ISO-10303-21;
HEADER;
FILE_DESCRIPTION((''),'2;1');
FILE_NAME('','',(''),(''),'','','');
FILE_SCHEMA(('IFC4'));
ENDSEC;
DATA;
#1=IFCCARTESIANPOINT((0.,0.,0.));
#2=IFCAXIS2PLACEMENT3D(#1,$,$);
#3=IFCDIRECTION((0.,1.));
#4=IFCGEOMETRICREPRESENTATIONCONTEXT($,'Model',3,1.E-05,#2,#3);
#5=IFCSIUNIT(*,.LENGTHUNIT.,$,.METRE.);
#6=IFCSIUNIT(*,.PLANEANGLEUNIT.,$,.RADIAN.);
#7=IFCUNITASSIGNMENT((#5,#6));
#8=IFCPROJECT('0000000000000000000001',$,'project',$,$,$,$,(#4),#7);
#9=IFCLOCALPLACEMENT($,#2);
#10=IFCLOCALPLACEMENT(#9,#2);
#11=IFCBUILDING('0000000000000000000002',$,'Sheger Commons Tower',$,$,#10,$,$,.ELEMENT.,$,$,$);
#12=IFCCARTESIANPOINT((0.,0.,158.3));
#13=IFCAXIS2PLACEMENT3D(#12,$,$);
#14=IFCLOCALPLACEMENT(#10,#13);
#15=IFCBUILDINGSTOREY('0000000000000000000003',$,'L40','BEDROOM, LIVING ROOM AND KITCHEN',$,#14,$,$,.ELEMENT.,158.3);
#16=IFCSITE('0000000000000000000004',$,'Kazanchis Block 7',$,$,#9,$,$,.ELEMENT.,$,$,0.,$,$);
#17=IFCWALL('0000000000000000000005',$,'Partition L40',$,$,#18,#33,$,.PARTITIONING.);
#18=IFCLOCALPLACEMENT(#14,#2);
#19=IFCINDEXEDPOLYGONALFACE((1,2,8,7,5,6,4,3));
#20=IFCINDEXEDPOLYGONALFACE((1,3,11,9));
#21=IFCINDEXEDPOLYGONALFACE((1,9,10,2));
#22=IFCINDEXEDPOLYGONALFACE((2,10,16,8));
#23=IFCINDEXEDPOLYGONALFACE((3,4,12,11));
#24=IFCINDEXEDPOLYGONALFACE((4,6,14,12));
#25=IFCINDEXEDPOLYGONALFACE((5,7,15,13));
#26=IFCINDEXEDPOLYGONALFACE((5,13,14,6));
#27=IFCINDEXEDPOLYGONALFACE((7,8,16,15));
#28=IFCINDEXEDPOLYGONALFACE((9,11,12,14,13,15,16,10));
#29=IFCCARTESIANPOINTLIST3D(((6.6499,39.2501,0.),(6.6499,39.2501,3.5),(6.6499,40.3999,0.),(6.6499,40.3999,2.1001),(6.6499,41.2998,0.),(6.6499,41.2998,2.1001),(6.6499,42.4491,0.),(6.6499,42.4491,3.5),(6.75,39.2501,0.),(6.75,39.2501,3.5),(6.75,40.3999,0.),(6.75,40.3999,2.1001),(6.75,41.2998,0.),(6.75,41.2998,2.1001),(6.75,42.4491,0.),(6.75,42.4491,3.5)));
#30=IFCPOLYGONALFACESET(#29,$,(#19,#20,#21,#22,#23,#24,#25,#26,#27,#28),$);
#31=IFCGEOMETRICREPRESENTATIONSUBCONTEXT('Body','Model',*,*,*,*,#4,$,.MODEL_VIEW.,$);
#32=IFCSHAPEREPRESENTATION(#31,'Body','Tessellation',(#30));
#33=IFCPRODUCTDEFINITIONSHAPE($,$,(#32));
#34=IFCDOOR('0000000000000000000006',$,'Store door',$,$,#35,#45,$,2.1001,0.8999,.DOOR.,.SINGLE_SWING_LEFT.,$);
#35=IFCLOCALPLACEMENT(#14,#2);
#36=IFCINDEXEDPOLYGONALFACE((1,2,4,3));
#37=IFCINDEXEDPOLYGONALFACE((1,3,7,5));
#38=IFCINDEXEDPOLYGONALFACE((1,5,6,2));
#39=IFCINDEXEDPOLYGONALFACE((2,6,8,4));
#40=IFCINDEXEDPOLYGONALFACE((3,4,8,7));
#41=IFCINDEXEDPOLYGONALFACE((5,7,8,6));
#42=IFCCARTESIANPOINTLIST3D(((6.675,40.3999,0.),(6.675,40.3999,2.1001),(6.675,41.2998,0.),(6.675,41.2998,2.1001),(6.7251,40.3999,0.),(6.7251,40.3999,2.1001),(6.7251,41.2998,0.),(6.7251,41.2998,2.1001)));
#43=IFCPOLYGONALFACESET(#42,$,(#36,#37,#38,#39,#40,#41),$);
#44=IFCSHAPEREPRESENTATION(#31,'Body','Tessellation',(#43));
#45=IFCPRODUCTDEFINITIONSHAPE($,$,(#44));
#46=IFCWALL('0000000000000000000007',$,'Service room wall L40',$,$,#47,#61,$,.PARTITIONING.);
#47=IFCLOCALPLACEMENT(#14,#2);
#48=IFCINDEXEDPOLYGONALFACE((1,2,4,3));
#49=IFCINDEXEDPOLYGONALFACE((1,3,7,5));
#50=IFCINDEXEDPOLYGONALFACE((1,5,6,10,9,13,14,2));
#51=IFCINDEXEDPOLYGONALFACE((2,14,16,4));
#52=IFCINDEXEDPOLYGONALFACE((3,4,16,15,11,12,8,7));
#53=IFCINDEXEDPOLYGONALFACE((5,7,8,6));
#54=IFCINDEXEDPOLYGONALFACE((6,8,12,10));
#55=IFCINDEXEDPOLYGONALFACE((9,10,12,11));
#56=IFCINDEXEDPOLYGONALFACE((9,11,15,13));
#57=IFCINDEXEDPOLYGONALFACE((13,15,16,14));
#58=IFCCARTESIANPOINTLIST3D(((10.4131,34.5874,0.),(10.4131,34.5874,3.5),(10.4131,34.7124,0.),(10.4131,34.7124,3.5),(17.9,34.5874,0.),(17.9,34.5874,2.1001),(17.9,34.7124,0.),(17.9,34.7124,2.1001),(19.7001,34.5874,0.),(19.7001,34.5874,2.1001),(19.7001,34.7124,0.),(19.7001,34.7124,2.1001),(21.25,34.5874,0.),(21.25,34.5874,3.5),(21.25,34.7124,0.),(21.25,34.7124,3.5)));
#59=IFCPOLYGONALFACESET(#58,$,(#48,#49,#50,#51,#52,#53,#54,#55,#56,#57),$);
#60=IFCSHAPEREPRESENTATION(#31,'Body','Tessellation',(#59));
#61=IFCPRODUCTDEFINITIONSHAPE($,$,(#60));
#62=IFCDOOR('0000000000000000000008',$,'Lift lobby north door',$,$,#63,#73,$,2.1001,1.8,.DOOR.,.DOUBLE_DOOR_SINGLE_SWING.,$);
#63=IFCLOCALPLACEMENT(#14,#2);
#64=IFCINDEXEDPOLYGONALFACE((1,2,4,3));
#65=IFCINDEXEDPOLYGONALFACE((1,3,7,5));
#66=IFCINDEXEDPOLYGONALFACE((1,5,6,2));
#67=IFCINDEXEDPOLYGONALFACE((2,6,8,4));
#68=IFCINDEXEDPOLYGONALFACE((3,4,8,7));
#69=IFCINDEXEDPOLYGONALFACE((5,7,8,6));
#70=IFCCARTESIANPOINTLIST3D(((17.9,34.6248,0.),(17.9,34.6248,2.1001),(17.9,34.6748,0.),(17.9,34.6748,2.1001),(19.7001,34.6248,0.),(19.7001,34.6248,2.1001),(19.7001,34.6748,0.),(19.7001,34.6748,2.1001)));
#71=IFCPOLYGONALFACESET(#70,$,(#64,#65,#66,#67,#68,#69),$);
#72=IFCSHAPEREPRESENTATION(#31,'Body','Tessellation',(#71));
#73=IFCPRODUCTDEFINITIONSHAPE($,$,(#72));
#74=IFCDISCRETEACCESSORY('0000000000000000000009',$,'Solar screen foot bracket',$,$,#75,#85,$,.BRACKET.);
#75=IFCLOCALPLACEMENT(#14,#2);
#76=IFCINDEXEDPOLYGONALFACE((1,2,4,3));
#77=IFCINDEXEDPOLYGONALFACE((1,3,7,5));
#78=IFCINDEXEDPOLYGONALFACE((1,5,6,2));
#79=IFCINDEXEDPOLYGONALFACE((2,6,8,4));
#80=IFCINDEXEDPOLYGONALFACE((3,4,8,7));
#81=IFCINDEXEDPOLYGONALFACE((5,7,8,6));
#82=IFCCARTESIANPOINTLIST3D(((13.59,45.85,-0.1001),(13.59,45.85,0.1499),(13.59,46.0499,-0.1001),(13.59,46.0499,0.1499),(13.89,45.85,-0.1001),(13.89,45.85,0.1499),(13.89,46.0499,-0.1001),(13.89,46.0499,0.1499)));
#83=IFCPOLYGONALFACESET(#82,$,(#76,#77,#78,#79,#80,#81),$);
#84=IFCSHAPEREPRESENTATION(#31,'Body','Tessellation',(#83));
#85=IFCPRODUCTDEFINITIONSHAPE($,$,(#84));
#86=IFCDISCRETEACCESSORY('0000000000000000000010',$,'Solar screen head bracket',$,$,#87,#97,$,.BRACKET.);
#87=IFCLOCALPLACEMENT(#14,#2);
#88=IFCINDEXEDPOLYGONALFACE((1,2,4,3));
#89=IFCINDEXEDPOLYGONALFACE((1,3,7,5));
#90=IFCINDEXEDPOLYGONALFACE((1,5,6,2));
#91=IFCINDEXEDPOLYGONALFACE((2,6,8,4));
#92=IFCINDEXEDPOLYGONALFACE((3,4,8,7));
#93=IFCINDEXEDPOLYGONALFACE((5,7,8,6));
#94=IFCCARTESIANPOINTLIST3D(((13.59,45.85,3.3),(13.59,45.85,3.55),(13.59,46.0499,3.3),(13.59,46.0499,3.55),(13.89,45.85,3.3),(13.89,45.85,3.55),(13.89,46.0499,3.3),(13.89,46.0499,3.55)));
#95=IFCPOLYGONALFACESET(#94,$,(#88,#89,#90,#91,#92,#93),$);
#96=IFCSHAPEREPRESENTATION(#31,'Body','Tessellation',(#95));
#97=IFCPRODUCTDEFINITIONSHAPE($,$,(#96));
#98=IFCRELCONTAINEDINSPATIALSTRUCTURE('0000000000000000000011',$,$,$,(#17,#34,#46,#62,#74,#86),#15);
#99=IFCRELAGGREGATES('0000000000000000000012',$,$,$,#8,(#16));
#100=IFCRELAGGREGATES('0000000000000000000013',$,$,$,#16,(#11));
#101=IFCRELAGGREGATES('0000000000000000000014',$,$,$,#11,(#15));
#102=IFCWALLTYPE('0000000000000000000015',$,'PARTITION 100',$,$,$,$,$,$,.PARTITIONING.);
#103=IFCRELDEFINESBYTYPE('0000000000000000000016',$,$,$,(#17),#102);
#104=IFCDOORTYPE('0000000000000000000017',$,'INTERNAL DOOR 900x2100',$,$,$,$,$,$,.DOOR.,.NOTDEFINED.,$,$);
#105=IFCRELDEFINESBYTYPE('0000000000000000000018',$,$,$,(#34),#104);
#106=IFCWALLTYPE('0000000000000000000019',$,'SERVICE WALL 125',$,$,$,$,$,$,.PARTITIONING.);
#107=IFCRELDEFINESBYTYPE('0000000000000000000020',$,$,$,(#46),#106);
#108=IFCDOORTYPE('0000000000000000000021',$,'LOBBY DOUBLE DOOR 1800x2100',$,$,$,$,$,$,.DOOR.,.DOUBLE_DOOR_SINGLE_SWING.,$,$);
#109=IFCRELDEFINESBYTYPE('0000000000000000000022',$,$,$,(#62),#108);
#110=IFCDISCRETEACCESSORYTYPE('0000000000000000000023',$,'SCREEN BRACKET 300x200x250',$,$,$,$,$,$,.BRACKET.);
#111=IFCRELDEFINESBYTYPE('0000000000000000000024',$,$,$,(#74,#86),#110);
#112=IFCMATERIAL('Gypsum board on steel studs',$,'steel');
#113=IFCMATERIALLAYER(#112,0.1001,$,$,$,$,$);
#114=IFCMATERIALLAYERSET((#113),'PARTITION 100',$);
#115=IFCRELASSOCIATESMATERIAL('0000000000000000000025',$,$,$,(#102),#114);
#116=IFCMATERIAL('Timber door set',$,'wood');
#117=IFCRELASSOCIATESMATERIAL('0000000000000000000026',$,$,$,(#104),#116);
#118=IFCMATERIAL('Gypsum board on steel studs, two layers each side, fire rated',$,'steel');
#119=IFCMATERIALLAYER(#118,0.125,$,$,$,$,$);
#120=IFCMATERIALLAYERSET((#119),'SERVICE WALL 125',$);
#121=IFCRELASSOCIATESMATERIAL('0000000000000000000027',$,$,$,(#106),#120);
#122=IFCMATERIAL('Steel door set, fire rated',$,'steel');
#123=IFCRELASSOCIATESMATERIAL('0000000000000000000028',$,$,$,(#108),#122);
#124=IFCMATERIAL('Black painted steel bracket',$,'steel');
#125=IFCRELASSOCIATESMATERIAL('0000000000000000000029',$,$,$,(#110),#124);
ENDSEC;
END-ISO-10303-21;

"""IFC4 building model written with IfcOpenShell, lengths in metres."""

from ifc_helpers import new_model, si_unit, direction, frame, frame_2d, origin, origin_2d, place, context, subcontext, project, spatial, rectangle, extrude, material, layer, layer_set, type_object, element, fill, save


model = new_model("IFC4")

# Units and contexts
model_context = context("Model", 3, precision=1e-05, world=origin(), true_north=direction((0.0, 1.0)))
body_context = subcontext(model_context, "Body", "Model", "MODEL_VIEW")
ifc_project = project(units=[si_unit("LENGTHUNIT", "METRE"), si_unit("PLANEANGLEUNIT", "RADIAN")], contexts=[model_context])

# Site, building, storey
site_placement = place(None, origin())
site = spatial("IfcSite", under=ifc_project, at=site_placement, Name="Kazanchis Block 7", CompositionType="ELEMENT", RefElevation=0.0)
building_placement = place(site_placement, origin())
building = spatial("IfcBuilding", under=site, at=building_placement, Name="Sheger Commons Tower", CompositionType="ELEMENT")
storey_placement = place(building_placement, frame((0.0, 0.0, 158.3)))
storey = spatial("IfcBuildingStorey", under=building, at=storey_placement, Name="L40", Description="BEDROOM, LIVING ROOM AND KITCHEN", CompositionType="ELEMENT", Elevation=158.3)

# Shared definitions
ifc_material_1 = material(Name="Gypsum board on steel studs", Category="steel")
ifc_layer_1 = layer(ifc_material_1, 0.1001)
ifc_layer_set_1 = layer_set([ifc_layer_1], Name="PARTITION 100")
wall_type_1 = type_object("IfcWallType", Name="PARTITION 100", PredefinedType="PARTITIONING", material=ifc_layer_set_1)

# Walls, openings, doors
wall_1_placement = place(storey_placement, frame((6.7, 39.25, 0.0), z_axis=(0.0, 0.0, 1.0), x_axis=(0.0, 1.0, 0.0)))
wall_1 = element("IfcWall", 1, at=wall_1_placement, inside=storey, type_object=wall_type_1, Name="Partition L40", PredefinedType="PARTITIONING", context=body_context, shape_type="SweptSolid", body=[
    extrude(rectangle(XDim=3.199, YDim=0.1001, at=frame_2d((1.5996, 0.0))), origin(), (0.0, 0.0, 1.0), 3.5),
])
opening_1_placement = place(wall_1_placement, frame((1.1499, 0.0, 0.0)))
opening_1 = element("IfcOpeningElement", 2, at=opening_1_placement, cuts=wall_1, PredefinedType="OPENING", context=body_context, shape_type="SweptSolid", body=[
    extrude(rectangle(XDim=0.8999, YDim=2.1001, at=frame_2d((0.45, 1.05))), frame((0.0, 0.0601, 0.0), z_axis=(0.0, -1.0, 0.0), x_axis=(1.0, 0.0, 0.0)), (0.0, 0.0, 1.0), 0.1201),
])
ifc_material_2 = material(Name="Timber door set", Category="wood")
door_type_1 = type_object("IfcDoorType", Name="INTERNAL DOOR 900x2100", OperationType="NOTDEFINED", PredefinedType="DOOR", material=ifc_material_2)
door_1_placement = place(opening_1_placement, origin())
door_1 = element("IfcDoor", 3, at=door_1_placement, inside=storey, type_object=door_type_1, Name="Store door", OperationType="SINGLE_SWING_LEFT", OverallHeight=2.1001, OverallWidth=0.8999, PredefinedType="DOOR", context=body_context, shape_type="SweptSolid", body=[
    extrude(rectangle(XDim=0.8999, YDim=2.1001, at=frame_2d((0.45, 1.05))), frame((0.0, 0.0249, 0.0), z_axis=(0.0, -1.0, 0.0), x_axis=(1.0, 0.0, 0.0)), (0.0, 0.0, 1.0), 0.05),
])
fill(opening_1, door_1)
ifc_material_3 = material(Name="Gypsum board on steel studs, two layers each side, fire rated", Category="steel")
ifc_layer_2 = layer(ifc_material_3, 0.125)
ifc_layer_set_2 = layer_set([ifc_layer_2], Name="SERVICE WALL 125")
wall_type_2 = type_object("IfcWallType", Name="SERVICE WALL 125", PredefinedType="PARTITIONING", material=ifc_layer_set_2)
wall_2_placement = place(storey_placement, frame((10.4131, 34.6499, 0.0), z_axis=(0.0, 0.0, 1.0), x_axis=(1.0, 0.0, 0.0)))
wall_2 = element("IfcWall", 4, at=wall_2_placement, inside=storey, type_object=wall_type_2, Name="Service room wall L40", PredefinedType="PARTITIONING", context=body_context, shape_type="SweptSolid", body=[
    extrude(rectangle(XDim=10.8369, YDim=0.125, at=frame_2d((5.4185, 0.0))), origin(), (0.0, 0.0, 1.0), 3.5),
])
opening_2_placement = place(wall_2_placement, frame((7.4871, 0.0, 0.0)))
opening_2 = element("IfcOpeningElement", 5, at=opening_2_placement, cuts=wall_2, PredefinedType="OPENING", context=body_context, shape_type="SweptSolid", body=[
    extrude(rectangle(XDim=1.8, YDim=2.1001, at=frame_2d((0.8999, 1.05))), frame((0.0, 0.0725, 0.0), z_axis=(0.0, -1.0, 0.0), x_axis=(1.0, 0.0, 0.0)), (0.0, 0.0, 1.0), 0.145),
])
ifc_material_4 = material(Name="Steel door set, fire rated", Category="steel")
door_type_2 = type_object("IfcDoorType", Name="LOBBY DOUBLE DOOR 1800x2100", OperationType="DOUBLE_DOOR_SINGLE_SWING", PredefinedType="DOOR", material=ifc_material_4)
door_2_placement = place(opening_2_placement, origin())
door_2 = element("IfcDoor", 6, at=door_2_placement, inside=storey, type_object=door_type_2, Name="Lift lobby north door", OperationType="DOUBLE_DOOR_SINGLE_SWING", OverallHeight=2.1001, OverallWidth=1.8, PredefinedType="DOOR", context=body_context, shape_type="SweptSolid", body=[
    extrude(rectangle(XDim=1.8, YDim=2.1001, at=frame_2d((0.8999, 1.05))), frame((0.0, 0.0249, 0.0), z_axis=(0.0, -1.0, 0.0), x_axis=(1.0, 0.0, 0.0)), (0.0, 0.0, 1.0), 0.05),
])
fill(opening_2, door_2)

# Discrete accessories
ifc_material_5 = material(Name="Black painted steel bracket", Category="steel")
discrete_accessory_type = type_object("IfcDiscreteAccessoryType", Name="SCREEN BRACKET 300x200x250", PredefinedType="BRACKET", material=ifc_material_5)
for number, where, z_axis, x_axis, name in (
    (7, (13.74, 45.95, -0.1001), (0.0, 0.0, 1.0), (-1.0, 0.0, 0.0), "Solar screen foot bracket"),
    (8, (13.74, 45.95, 3.3), (0.0, 0.0, 1.0), (-1.0, 0.0, 0.0), "Solar screen head bracket"),
):
    element("IfcDiscreteAccessory", number, at=place(storey_placement, frame(where, z_axis=z_axis, x_axis=x_axis)), inside=storey, type_object=discrete_accessory_type, Name=name, PredefinedType="BRACKET", context=body_context, shape_type="SweptSolid", body=[
        extrude(rectangle(XDim=0.3, YDim=0.2, at=origin_2d()), origin(), (0.0, 0.0, 1.0), 0.25),
    ])

save(model, "model.ifc")
